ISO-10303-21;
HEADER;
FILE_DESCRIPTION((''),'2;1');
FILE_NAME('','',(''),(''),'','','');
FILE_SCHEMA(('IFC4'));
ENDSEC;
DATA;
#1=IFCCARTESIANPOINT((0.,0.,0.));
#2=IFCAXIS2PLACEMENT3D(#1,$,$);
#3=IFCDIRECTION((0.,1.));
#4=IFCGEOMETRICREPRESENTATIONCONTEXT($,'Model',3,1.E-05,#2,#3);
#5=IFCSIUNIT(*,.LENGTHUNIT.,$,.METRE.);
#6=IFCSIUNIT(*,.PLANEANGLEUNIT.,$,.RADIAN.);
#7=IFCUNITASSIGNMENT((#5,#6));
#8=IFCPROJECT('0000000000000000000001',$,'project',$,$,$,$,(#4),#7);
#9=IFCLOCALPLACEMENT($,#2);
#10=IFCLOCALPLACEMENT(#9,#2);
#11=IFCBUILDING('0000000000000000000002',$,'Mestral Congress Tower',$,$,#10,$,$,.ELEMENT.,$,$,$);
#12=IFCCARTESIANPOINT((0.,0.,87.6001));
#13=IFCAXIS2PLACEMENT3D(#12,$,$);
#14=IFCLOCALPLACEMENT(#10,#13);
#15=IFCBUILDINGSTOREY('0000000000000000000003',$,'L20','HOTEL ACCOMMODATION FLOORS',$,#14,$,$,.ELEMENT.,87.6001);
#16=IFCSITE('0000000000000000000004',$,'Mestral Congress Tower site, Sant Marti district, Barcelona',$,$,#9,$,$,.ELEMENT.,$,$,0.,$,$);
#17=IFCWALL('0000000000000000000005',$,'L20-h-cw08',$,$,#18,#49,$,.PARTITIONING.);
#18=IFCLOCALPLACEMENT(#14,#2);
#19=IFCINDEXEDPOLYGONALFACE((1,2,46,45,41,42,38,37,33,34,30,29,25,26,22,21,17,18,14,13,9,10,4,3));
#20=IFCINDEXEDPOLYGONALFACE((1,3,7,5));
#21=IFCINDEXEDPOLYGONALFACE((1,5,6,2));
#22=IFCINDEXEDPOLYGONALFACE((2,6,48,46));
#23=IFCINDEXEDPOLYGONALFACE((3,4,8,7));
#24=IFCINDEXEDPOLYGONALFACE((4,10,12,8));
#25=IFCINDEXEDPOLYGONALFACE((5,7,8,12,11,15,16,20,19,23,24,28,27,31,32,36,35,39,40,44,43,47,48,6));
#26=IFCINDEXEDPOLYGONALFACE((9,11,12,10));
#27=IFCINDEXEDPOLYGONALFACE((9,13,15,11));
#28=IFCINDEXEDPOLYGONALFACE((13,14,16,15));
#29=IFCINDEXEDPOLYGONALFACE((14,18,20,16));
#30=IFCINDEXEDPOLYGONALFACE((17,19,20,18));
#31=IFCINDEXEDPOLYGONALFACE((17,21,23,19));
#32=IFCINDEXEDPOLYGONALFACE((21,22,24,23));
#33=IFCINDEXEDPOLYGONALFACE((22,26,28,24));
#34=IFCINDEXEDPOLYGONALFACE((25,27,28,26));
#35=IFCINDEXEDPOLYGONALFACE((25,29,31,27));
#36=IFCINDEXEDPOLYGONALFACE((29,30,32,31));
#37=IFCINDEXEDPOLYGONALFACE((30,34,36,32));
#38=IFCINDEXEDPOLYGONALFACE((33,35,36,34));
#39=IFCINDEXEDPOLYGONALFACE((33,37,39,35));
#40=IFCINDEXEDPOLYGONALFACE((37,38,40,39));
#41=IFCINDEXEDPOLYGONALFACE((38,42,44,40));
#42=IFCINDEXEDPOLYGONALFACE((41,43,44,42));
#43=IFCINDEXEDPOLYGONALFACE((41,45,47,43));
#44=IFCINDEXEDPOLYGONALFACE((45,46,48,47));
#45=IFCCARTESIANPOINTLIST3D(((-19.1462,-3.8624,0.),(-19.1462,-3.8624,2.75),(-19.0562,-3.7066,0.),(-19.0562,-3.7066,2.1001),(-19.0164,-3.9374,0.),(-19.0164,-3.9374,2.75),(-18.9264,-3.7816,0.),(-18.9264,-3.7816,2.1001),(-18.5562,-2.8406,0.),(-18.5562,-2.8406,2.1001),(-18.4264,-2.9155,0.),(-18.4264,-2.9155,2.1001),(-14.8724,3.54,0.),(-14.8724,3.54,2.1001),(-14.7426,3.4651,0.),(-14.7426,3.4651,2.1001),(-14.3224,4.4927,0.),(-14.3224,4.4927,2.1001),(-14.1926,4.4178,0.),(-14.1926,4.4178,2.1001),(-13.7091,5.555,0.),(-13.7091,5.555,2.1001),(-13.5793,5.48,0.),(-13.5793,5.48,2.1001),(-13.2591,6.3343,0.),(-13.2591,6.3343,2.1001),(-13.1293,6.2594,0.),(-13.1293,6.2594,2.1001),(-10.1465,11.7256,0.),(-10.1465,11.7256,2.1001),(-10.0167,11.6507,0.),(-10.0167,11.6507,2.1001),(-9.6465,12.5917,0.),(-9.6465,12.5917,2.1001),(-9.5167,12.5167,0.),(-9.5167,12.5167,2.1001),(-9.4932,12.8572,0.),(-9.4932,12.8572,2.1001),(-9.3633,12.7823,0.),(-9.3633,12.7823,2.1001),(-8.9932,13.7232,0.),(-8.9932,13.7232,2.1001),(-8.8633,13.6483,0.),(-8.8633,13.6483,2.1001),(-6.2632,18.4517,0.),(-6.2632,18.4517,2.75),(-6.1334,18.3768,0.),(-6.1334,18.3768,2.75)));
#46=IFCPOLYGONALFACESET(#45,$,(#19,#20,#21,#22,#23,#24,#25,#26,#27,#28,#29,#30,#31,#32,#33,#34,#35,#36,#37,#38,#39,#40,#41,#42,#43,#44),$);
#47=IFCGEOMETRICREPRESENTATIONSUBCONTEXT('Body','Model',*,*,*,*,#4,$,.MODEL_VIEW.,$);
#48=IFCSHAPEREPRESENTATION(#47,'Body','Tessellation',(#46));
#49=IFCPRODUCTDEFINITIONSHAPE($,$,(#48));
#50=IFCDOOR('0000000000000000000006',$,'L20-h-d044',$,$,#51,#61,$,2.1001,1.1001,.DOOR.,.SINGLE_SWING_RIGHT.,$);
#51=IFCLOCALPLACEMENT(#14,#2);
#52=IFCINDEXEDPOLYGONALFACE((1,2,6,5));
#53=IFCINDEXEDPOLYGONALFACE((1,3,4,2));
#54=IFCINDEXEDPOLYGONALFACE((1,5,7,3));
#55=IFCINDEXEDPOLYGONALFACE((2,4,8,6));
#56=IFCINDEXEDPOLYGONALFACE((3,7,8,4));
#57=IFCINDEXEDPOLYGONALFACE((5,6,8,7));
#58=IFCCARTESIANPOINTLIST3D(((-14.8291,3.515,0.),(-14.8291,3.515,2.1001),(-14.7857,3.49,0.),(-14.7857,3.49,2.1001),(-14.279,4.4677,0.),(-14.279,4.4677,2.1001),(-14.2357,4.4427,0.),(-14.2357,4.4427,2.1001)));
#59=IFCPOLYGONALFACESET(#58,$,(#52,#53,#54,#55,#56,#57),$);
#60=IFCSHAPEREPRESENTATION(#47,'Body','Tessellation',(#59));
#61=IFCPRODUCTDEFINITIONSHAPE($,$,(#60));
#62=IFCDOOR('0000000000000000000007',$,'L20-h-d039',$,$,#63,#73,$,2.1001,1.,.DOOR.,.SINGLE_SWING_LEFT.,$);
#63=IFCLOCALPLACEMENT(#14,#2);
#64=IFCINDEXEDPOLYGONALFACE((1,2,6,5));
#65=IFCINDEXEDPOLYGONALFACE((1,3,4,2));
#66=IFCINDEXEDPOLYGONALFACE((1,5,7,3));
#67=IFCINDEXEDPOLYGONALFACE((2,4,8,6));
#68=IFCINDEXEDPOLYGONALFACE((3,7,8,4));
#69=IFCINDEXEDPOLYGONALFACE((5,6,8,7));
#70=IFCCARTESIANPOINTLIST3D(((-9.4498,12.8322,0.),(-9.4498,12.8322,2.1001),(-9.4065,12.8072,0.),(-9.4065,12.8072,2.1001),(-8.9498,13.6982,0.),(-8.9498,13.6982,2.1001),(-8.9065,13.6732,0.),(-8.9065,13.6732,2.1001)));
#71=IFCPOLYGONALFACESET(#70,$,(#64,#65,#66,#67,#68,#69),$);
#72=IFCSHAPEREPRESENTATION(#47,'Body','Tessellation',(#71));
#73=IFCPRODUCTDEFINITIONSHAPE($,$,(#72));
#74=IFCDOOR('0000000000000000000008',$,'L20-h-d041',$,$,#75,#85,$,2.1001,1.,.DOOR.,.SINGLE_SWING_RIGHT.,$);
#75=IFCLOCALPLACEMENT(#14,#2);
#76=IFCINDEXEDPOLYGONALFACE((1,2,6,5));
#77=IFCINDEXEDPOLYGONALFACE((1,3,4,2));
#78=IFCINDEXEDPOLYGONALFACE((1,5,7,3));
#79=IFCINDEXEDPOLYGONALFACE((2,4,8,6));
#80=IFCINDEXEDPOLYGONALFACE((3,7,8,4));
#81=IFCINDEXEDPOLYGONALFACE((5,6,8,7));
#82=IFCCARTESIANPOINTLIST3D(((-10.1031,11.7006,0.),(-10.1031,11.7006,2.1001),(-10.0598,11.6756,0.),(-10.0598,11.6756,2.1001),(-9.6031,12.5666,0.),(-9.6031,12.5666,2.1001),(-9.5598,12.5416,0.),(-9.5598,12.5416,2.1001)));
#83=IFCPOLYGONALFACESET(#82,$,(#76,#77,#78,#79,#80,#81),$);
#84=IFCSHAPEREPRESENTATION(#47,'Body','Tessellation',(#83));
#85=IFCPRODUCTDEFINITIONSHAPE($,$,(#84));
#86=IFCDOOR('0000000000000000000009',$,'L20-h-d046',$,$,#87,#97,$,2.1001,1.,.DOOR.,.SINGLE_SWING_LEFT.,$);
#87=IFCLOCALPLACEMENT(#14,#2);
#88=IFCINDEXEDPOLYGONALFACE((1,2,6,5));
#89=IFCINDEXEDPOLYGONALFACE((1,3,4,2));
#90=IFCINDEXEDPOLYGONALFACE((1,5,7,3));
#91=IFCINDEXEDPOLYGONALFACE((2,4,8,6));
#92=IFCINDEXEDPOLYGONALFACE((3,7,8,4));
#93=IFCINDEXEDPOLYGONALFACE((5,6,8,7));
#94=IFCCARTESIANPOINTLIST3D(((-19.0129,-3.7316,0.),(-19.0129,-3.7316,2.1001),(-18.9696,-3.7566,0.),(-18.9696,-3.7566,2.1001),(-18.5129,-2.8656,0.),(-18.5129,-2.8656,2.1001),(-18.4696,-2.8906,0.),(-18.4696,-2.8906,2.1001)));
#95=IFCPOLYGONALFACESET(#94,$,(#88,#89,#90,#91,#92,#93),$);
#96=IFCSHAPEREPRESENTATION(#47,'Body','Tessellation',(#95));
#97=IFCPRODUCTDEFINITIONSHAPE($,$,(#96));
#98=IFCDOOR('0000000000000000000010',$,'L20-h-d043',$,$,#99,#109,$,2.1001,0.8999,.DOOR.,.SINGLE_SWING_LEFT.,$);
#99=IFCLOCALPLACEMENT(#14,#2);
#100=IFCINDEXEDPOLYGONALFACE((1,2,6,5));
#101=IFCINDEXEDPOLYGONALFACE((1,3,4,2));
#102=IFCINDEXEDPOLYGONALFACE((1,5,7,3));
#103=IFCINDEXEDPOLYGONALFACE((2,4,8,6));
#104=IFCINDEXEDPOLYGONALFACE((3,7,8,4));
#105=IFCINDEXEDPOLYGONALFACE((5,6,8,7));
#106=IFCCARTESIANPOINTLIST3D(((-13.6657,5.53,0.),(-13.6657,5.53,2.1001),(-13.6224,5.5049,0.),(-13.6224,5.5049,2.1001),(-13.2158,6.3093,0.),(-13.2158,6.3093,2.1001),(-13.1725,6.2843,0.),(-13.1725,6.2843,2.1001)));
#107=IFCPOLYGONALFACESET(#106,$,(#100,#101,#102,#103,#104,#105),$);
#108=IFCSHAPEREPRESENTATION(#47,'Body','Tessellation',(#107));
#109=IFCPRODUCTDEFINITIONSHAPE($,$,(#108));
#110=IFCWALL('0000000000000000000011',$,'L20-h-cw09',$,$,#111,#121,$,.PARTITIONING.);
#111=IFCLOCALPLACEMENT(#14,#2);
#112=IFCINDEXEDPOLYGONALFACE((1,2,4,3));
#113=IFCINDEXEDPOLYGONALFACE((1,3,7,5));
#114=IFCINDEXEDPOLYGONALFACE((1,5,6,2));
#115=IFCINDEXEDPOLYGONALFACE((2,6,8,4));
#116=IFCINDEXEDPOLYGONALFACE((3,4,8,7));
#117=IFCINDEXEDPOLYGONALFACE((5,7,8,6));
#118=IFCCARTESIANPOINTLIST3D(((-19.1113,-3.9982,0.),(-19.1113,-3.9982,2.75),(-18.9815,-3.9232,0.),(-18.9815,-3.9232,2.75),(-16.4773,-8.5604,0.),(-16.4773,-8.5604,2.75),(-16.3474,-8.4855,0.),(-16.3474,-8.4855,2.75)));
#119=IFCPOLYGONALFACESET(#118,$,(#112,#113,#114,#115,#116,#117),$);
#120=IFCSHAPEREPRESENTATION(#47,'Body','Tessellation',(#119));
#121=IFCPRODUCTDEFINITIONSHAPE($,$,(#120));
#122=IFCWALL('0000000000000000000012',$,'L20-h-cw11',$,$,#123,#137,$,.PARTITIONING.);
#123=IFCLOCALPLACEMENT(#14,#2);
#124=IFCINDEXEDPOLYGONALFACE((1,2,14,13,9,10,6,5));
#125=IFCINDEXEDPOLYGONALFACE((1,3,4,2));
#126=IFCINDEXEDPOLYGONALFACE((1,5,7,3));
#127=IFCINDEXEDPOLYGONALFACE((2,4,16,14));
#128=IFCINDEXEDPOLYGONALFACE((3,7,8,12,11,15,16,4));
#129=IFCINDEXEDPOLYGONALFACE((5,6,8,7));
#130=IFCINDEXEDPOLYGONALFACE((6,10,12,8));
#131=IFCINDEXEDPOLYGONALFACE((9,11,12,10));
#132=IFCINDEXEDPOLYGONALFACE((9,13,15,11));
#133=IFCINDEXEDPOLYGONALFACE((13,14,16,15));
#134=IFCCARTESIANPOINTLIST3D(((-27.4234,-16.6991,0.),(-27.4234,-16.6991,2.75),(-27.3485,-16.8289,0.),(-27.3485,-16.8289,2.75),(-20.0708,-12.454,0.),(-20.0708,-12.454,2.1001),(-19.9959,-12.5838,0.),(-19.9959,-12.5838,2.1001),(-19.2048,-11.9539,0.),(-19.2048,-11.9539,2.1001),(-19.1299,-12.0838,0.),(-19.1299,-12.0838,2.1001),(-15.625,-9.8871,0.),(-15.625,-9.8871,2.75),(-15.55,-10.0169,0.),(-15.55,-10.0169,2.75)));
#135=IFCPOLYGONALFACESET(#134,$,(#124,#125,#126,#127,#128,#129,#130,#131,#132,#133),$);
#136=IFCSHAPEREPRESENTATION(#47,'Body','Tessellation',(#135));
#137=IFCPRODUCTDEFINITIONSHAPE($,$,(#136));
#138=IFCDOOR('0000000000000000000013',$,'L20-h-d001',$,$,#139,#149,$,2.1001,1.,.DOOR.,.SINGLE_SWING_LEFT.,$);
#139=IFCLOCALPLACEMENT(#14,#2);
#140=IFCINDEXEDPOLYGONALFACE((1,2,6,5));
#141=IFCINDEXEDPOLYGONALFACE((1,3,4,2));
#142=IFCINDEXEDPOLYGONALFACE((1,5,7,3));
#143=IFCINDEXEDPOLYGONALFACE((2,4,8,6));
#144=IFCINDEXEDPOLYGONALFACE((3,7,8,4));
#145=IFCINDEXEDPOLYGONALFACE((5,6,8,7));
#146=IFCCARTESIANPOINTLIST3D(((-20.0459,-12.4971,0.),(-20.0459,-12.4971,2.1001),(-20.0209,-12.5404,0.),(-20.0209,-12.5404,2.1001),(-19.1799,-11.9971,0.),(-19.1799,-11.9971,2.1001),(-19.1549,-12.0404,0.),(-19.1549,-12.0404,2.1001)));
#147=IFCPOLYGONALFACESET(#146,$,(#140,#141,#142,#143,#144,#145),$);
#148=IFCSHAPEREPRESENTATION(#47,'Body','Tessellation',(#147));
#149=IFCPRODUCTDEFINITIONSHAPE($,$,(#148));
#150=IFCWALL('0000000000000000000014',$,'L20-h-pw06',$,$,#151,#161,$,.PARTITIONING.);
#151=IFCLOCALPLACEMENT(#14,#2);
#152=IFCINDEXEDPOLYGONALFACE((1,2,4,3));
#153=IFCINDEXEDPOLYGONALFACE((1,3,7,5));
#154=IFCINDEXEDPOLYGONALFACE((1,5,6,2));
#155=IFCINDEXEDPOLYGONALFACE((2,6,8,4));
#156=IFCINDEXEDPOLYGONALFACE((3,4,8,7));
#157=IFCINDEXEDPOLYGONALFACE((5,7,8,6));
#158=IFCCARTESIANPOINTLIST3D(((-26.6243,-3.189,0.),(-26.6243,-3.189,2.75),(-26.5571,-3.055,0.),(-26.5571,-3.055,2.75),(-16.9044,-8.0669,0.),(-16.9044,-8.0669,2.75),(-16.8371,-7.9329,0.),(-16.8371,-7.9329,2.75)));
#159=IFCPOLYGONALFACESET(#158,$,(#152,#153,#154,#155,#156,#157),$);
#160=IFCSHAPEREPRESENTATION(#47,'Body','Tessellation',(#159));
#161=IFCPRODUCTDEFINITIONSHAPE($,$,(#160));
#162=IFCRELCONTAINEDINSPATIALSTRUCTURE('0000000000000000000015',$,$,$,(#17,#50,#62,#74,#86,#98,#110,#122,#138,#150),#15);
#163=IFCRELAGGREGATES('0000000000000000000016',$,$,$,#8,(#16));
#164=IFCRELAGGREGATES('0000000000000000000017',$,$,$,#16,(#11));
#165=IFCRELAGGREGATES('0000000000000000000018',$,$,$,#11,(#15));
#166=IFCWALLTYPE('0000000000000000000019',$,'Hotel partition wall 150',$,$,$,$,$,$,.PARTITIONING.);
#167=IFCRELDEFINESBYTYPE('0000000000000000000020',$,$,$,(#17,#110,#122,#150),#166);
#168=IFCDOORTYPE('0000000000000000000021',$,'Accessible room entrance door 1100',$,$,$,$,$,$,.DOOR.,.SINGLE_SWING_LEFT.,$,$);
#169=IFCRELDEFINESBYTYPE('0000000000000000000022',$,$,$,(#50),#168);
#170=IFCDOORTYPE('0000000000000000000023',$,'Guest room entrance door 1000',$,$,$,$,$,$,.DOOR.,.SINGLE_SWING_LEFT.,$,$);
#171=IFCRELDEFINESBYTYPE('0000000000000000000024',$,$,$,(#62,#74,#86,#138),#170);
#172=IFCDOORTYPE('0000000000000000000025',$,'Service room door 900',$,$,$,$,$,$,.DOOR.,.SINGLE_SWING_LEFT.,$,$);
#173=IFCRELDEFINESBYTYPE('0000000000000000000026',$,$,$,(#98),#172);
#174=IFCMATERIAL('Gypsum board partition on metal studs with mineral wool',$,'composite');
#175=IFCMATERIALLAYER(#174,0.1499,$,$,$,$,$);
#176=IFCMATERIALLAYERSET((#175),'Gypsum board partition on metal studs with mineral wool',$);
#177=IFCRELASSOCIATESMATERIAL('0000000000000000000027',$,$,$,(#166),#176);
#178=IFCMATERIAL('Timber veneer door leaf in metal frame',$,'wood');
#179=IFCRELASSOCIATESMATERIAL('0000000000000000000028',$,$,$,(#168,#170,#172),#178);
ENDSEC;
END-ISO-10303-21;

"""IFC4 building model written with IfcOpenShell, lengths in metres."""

from ifc_helpers import new_model, si_unit, direction, frame, frame_2d, origin, place, context, subcontext, project, spatial, rectangle, extrude, material, layer, layer_set, type_object, element, fill, save


model = new_model("IFC4")

# Units and contexts
model_context = context("Model", 3, precision=1e-05, world=origin(), true_north=direction((0.0, 1.0)))
body_context = subcontext(model_context, "Body", "Model", "MODEL_VIEW")
ifc_project = project(units=[si_unit("LENGTHUNIT", "METRE"), si_unit("PLANEANGLEUNIT", "RADIAN")], contexts=[model_context])

# Site, building, storey
site_placement = place(None, origin())
site = spatial("IfcSite", under=ifc_project, at=site_placement, Name="Mestral Congress Tower site, Sant Marti district, Barcelona", CompositionType="ELEMENT", RefElevation=0.0)
building_placement = place(site_placement, origin())
building = spatial("IfcBuilding", under=site, at=building_placement, Name="Mestral Congress Tower", CompositionType="ELEMENT")
storey_placement = place(building_placement, frame((0.0, 0.0, 87.6001)))
storey = spatial("IfcBuildingStorey", under=building, at=storey_placement, Name="L20", Description="HOTEL ACCOMMODATION FLOORS", CompositionType="ELEMENT", Elevation=87.6001)

# Shared definitions
ifc_material_1 = material(Name="Gypsum board partition on metal studs with mineral wool", Category="composite")

# Wall, openings, doors
ifc_layer_1 = layer(ifc_material_1, 0.1499)
ifc_layer_set_1 = layer_set([ifc_layer_1], Name="Gypsum board partition on metal studs with mineral wool")
wall_type_1 = type_object("IfcWallType", Name="Hotel partition wall 150", PredefinedType="PARTITIONING", material=ifc_layer_set_1)
wall_1_placement = place(storey_placement, frame((-19.0813, -3.8999, 0.0), z_axis=(0.0, 0.0, 1.0), x_axis=(0.499998, 0.866026, 0.0)))
wall_1 = element("IfcWall", 1, at=wall_1_placement, inside=storey, type_object=wall_type_1, Name="L20-h-cw08", PredefinedType="PARTITIONING", context=body_context, shape_type="SweptSolid", body=[
    extrude(rectangle(XDim=25.7661, YDim=0.1499, at=frame_2d((12.8831, 0.0))), origin(), (0.0, 0.0, 1.0), 2.75),
])
opening_1_placement = place(wall_1_placement, frame((19.3062, 0.0, 0.0)))
opening_1 = element("IfcOpeningElement", 2, at=opening_1_placement, cuts=wall_1, PredefinedType="OPENING", context=body_context, shape_type="SweptSolid", body=[
    extrude(rectangle(XDim=1.0, YDim=2.1001, at=frame_2d((0.5, 1.05))), frame((0.0, 0.085, 0.0), z_axis=(0.0, -1.0, 0.0), x_axis=(1.0, 0.0, 0.0)), (0.0, 0.0, 1.0), 0.1699),
])
opening_2_placement = place(wall_1_placement, frame((17.9995, 0.0, 0.0)))
opening_2 = element("IfcOpeningElement", 3, at=opening_2_placement, cuts=wall_1, PredefinedType="OPENING", context=body_context, shape_type="SweptSolid", body=[
    extrude(rectangle(XDim=1.0, YDim=2.1001, at=frame_2d((0.5, 1.05))), frame((0.0, 0.085, 0.0), z_axis=(0.0, -1.0, 0.0), x_axis=(1.0, 0.0, 0.0)), (0.0, 0.0, 1.0), 0.1699),
])
opening_3_placement = place(wall_1_placement, frame((10.8743, 0.0, 0.0)))
opening_3 = element("IfcOpeningElement", 4, at=opening_3_placement, cuts=wall_1, PredefinedType="OPENING", context=body_context, shape_type="SweptSolid", body=[
    extrude(rectangle(XDim=0.8999, YDim=2.1001, at=frame_2d((0.45, 1.05))), frame((0.0, 0.085, 0.0), z_axis=(0.0, -1.0, 0.0), x_axis=(1.0, 0.0, 0.0)), (0.0, 0.0, 1.0), 0.1699),
])
opening_4_placement = place(wall_1_placement, frame((8.5476, 0.0, 0.0)))
opening_4 = element("IfcOpeningElement", 5, at=opening_4_placement, cuts=wall_1, PredefinedType="OPENING", context=body_context, shape_type="SweptSolid", body=[
    extrude(rectangle(XDim=1.1001, YDim=2.1001, at=frame_2d((0.55, 1.05))), frame((0.0, 0.085, 0.0), z_axis=(0.0, -1.0, 0.0), x_axis=(1.0, 0.0, 0.0)), (0.0, 0.0, 1.0), 0.1699),
])
opening_5_placement = place(wall_1_placement, frame((0.1799, 0.0, 0.0)))
opening_5 = element("IfcOpeningElement", 6, at=opening_5_placement, cuts=wall_1, PredefinedType="OPENING", context=body_context, shape_type="SweptSolid", body=[
    extrude(rectangle(XDim=1.0, YDim=2.1001, at=frame_2d((0.5, 1.05))), frame((0.0, 0.085, 0.0), z_axis=(0.0, -1.0, 0.0), x_axis=(1.0, 0.0, 0.0)), (0.0, 0.0, 1.0), 0.1699),
])
ifc_material_2 = material(Name="Timber veneer door leaf in metal frame", Category="wood")
door_type_1 = type_object("IfcDoorType", Name="Accessible room entrance door 1100", OperationType="SINGLE_SWING_LEFT", PredefinedType="DOOR", material=ifc_material_2)
door_1_placement = place(opening_4_placement, origin())
door_1 = element("IfcDoor", 7, at=door_1_placement, inside=storey, type_object=door_type_1, Name="L20-h-d044", OperationType="SINGLE_SWING_RIGHT", OverallHeight=2.1001, OverallWidth=1.1001, PredefinedType="DOOR", context=body_context, shape_type="SweptSolid", body=[
    extrude(rectangle(XDim=1.1001, YDim=2.1001, at=frame_2d((0.55, 1.05))), frame((0.0, 0.0249, 0.0), z_axis=(0.0, -1.0, 0.0), x_axis=(1.0, 0.0, 0.0)), (0.0, 0.0, 1.0), 0.05),
])
fill(opening_4, door_1)
door_type_2 = type_object("IfcDoorType", Name="Guest room entrance door 1000", OperationType="SINGLE_SWING_LEFT", PredefinedType="DOOR", material=ifc_material_2)
door_2_placement = place(opening_1_placement, origin())
door_2 = element("IfcDoor", 8, at=door_2_placement, inside=storey, type_object=door_type_2, Name="L20-h-d039", OperationType="SINGLE_SWING_LEFT", OverallHeight=2.1001, OverallWidth=1.0, PredefinedType="DOOR", context=body_context, shape_type="SweptSolid", body=[
    extrude(rectangle(XDim=1.0, YDim=2.1001, at=frame_2d((0.5, 1.05))), frame((0.0, 0.0249, 0.0), z_axis=(0.0, -1.0, 0.0), x_axis=(1.0, 0.0, 0.0)), (0.0, 0.0, 1.0), 0.05),
])
fill(opening_1, door_2)
door_3_placement = place(opening_2_placement, origin())
door_3 = element("IfcDoor", 9, at=door_3_placement, inside=storey, type_object=door_type_2, Name="L20-h-d041", OperationType="SINGLE_SWING_RIGHT", OverallHeight=2.1001, OverallWidth=1.0, PredefinedType="DOOR", context=body_context, shape_type="SweptSolid", body=[
    extrude(rectangle(XDim=1.0, YDim=2.1001, at=frame_2d((0.5, 1.05))), frame((0.0, 0.0249, 0.0), z_axis=(0.0, -1.0, 0.0), x_axis=(1.0, 0.0, 0.0)), (0.0, 0.0, 1.0), 0.05),
])
fill(opening_2, door_3)
door_4_placement = place(opening_5_placement, origin())
door_4 = element("IfcDoor", 10, at=door_4_placement, inside=storey, type_object=door_type_2, Name="L20-h-d046", OperationType="SINGLE_SWING_LEFT", OverallHeight=2.1001, OverallWidth=1.0, PredefinedType="DOOR", context=body_context, shape_type="SweptSolid", body=[
    extrude(rectangle(XDim=1.0, YDim=2.1001, at=frame_2d((0.5, 1.05))), frame((0.0, 0.0249, 0.0), z_axis=(0.0, -1.0, 0.0), x_axis=(1.0, 0.0, 0.0)), (0.0, 0.0, 1.0), 0.05),
])
fill(opening_5, door_4)
door_type_3 = type_object("IfcDoorType", Name="Service room door 900", OperationType="SINGLE_SWING_LEFT", PredefinedType="DOOR", material=ifc_material_2)
door_5_placement = place(opening_3_placement, origin())
door_5 = element("IfcDoor", 11, at=door_5_placement, inside=storey, type_object=door_type_3, Name="L20-h-d043", OperationType="SINGLE_SWING_LEFT", OverallHeight=2.1001, OverallWidth=0.8999, PredefinedType="DOOR", context=body_context, shape_type="SweptSolid", body=[
    extrude(rectangle(XDim=0.8999, YDim=2.1001, at=frame_2d((0.45, 1.05))), frame((0.0, 0.0249, 0.0), z_axis=(0.0, -1.0, 0.0), x_axis=(1.0, 0.0, 0.0)), (0.0, 0.0, 1.0), 0.05),
])
fill(opening_3, door_5)

# Wall
wall_2_placement = place(storey_placement, frame((-16.4124, -8.5229, 0.0), z_axis=(0.0, 0.0, 1.0), x_axis=(-0.500002, 0.866024, 0.0)))
element("IfcWall", 12, at=wall_2_placement, inside=storey, type_object=wall_type_1, Name="L20-h-cw09", PredefinedType="PARTITIONING", context=body_context, shape_type="SweptSolid", body=[
    extrude(rectangle(XDim=5.2681, YDim=0.1499, at=frame_2d((2.634, 0.0))), origin(), (0.0, 0.0, 1.0), 2.75),
])

# Wall, opening, door
wall_3_placement = place(storey_placement, frame((-15.5874, -9.9519, 0.0), z_axis=(0.0, 0.0, 1.0), x_axis=(-0.866018, -0.500013, 0.0)))
wall_3 = element("IfcWall", 13, at=wall_3_placement, inside=storey, type_object=wall_type_1, Name="L20-h-cw11", PredefinedType="PARTITIONING", context=body_context, shape_type="SweptSolid", body=[
    extrude(rectangle(XDim=13.6238, YDim=0.1499, at=frame_2d((6.812, 0.0))), origin(), (0.0, 0.0, 1.0), 2.75),
])
opening_6_placement = place(wall_3_placement, frame((4.1338, 0.0, 0.0)))
opening_6 = element("IfcOpeningElement", 14, at=opening_6_placement, cuts=wall_3, PredefinedType="OPENING", context=body_context, shape_type="SweptSolid", body=[
    extrude(rectangle(XDim=1.0, YDim=2.1001, at=frame_2d((0.5, 1.05))), frame((0.0, 0.085, 0.0), z_axis=(0.0, -1.0, 0.0), x_axis=(1.0, 0.0, 0.0)), (0.0, 0.0, 1.0), 0.1699),
])
door_6_placement = place(opening_6_placement, origin())
door_6 = element("IfcDoor", 15, at=door_6_placement, inside=storey, type_object=door_type_2, Name="L20-h-d001", OperationType="SINGLE_SWING_LEFT", OverallHeight=2.1001, OverallWidth=1.0, PredefinedType="DOOR", context=body_context, shape_type="SweptSolid", body=[
    extrude(rectangle(XDim=1.0, YDim=2.1001, at=frame_2d((0.5, 1.05))), frame((0.0, 0.0249, 0.0), z_axis=(0.0, -1.0, 0.0), x_axis=(1.0, 0.0, 0.0)), (0.0, 0.0, 1.0), 0.05),
])
fill(opening_6, door_6)

# Wall
wall_4_placement = place(storey_placement, frame((-26.5906, -3.1221, 0.0), z_axis=(0.0, 0.0, 1.0), x_axis=(0.893766, -0.448533, 0.0)))
element("IfcWall", 16, at=wall_4_placement, inside=storey, type_object=wall_type_1, Name="L20-h-pw06", PredefinedType="PARTITIONING", context=body_context, shape_type="SweptSolid", body=[
    extrude(rectangle(XDim=10.8752, YDim=0.1499, at=frame_2d((5.4375, 0.0))), origin(), (0.0, 0.0, 1.0), 2.75),
])

save(model, "model.ifc")
